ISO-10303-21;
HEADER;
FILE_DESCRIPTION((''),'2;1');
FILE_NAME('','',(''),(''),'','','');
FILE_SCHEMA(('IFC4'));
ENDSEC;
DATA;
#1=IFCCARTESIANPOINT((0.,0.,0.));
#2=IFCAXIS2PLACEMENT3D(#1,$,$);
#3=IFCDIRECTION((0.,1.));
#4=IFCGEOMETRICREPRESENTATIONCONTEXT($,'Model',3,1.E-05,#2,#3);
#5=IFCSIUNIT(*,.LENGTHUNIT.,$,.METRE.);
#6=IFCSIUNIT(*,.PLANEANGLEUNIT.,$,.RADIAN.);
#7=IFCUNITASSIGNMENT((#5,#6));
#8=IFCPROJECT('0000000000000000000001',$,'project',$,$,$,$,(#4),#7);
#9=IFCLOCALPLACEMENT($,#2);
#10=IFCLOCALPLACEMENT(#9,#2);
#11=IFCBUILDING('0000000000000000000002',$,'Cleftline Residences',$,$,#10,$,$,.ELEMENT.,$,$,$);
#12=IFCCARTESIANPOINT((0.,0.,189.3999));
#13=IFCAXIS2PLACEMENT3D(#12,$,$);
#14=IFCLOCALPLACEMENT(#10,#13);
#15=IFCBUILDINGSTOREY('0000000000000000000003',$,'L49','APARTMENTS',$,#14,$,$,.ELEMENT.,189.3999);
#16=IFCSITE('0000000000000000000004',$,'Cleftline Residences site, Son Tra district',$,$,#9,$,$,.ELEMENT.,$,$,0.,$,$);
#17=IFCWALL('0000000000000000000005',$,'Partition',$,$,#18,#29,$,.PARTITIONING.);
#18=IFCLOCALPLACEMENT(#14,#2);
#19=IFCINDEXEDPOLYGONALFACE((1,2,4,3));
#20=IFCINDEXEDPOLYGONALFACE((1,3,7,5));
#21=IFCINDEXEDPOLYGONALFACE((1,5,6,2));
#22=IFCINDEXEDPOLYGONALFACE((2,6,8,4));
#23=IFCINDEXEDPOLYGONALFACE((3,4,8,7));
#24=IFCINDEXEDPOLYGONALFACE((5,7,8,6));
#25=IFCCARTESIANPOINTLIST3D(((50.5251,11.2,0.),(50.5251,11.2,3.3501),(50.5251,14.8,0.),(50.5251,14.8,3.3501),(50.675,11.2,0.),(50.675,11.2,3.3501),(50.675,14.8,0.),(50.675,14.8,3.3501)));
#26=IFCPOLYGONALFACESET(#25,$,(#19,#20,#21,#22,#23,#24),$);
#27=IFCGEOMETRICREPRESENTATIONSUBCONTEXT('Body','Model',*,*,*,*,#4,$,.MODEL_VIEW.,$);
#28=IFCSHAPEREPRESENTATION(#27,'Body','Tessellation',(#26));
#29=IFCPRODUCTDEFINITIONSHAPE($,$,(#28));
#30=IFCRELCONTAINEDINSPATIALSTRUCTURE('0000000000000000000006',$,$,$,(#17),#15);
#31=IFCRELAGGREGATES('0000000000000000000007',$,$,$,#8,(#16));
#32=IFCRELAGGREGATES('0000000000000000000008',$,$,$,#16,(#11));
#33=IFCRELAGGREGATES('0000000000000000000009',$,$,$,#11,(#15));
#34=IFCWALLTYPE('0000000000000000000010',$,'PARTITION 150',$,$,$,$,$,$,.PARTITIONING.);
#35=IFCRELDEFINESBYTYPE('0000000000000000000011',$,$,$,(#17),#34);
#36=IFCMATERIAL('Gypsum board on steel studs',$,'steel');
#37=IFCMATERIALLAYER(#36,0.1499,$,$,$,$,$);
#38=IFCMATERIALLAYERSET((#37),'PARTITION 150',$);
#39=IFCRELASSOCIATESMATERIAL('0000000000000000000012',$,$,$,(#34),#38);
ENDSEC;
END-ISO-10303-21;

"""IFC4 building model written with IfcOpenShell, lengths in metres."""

from ifc_helpers import new_model, si_unit, direction, frame, frame_2d, origin, place, context, subcontext, project, spatial, rectangle, extrude, material, layer, layer_set, type_object, element, save


model = new_model("IFC4")

# Units and contexts
model_context = context("Model", 3, precision=1e-05, world=origin(), true_north=direction((0.0, 1.0)))
body_context = subcontext(model_context, "Body", "Model", "MODEL_VIEW")
ifc_project = project(units=[si_unit("LENGTHUNIT", "METRE"), si_unit("PLANEANGLEUNIT", "RADIAN")], contexts=[model_context])

# Site, building, storey
site_placement = place(None, origin())
site = spatial("IfcSite", under=ifc_project, at=site_placement, Name="Cleftline Residences site, Son Tra district", CompositionType="ELEMENT", RefElevation=0.0)
building_placement = place(site_placement, origin())
building = spatial("IfcBuilding", under=site, at=building_placement, Name="Cleftline Residences", CompositionType="ELEMENT")
storey_placement = place(building_placement, frame((0.0, 0.0, 189.3999)))
storey = spatial("IfcBuildingStorey", under=building, at=storey_placement, Name="L49", Description="APARTMENTS", CompositionType="ELEMENT", Elevation=189.3999)

# Shared definitions
ifc_material_1 = material(Name="Gypsum board on steel studs", Category="steel")
ifc_layer_1 = layer(ifc_material_1, 0.1499)
ifc_layer_set_1 = layer_set([ifc_layer_1], Name="PARTITION 150")
wall_type = type_object("IfcWallType", Name="PARTITION 150", PredefinedType="PARTITIONING", material=ifc_layer_set_1)

# Wall
wall_1_placement = place(storey_placement, frame((50.6001, 11.2, 0.0), z_axis=(0.0, 0.0, 1.0), x_axis=(0.0, 1.0, 0.0)))
element("IfcWall", 1, at=wall_1_placement, inside=storey, type_object=wall_type, Name="Partition", PredefinedType="PARTITIONING", context=body_context, shape_type="SweptSolid", body=[
    extrude(rectangle(XDim=3.6001, YDim=0.1499, at=frame_2d((1.8, 0.0))), origin(), (0.0, 0.0, 1.0), 3.3501),
])

save(model, "model.ifc")
